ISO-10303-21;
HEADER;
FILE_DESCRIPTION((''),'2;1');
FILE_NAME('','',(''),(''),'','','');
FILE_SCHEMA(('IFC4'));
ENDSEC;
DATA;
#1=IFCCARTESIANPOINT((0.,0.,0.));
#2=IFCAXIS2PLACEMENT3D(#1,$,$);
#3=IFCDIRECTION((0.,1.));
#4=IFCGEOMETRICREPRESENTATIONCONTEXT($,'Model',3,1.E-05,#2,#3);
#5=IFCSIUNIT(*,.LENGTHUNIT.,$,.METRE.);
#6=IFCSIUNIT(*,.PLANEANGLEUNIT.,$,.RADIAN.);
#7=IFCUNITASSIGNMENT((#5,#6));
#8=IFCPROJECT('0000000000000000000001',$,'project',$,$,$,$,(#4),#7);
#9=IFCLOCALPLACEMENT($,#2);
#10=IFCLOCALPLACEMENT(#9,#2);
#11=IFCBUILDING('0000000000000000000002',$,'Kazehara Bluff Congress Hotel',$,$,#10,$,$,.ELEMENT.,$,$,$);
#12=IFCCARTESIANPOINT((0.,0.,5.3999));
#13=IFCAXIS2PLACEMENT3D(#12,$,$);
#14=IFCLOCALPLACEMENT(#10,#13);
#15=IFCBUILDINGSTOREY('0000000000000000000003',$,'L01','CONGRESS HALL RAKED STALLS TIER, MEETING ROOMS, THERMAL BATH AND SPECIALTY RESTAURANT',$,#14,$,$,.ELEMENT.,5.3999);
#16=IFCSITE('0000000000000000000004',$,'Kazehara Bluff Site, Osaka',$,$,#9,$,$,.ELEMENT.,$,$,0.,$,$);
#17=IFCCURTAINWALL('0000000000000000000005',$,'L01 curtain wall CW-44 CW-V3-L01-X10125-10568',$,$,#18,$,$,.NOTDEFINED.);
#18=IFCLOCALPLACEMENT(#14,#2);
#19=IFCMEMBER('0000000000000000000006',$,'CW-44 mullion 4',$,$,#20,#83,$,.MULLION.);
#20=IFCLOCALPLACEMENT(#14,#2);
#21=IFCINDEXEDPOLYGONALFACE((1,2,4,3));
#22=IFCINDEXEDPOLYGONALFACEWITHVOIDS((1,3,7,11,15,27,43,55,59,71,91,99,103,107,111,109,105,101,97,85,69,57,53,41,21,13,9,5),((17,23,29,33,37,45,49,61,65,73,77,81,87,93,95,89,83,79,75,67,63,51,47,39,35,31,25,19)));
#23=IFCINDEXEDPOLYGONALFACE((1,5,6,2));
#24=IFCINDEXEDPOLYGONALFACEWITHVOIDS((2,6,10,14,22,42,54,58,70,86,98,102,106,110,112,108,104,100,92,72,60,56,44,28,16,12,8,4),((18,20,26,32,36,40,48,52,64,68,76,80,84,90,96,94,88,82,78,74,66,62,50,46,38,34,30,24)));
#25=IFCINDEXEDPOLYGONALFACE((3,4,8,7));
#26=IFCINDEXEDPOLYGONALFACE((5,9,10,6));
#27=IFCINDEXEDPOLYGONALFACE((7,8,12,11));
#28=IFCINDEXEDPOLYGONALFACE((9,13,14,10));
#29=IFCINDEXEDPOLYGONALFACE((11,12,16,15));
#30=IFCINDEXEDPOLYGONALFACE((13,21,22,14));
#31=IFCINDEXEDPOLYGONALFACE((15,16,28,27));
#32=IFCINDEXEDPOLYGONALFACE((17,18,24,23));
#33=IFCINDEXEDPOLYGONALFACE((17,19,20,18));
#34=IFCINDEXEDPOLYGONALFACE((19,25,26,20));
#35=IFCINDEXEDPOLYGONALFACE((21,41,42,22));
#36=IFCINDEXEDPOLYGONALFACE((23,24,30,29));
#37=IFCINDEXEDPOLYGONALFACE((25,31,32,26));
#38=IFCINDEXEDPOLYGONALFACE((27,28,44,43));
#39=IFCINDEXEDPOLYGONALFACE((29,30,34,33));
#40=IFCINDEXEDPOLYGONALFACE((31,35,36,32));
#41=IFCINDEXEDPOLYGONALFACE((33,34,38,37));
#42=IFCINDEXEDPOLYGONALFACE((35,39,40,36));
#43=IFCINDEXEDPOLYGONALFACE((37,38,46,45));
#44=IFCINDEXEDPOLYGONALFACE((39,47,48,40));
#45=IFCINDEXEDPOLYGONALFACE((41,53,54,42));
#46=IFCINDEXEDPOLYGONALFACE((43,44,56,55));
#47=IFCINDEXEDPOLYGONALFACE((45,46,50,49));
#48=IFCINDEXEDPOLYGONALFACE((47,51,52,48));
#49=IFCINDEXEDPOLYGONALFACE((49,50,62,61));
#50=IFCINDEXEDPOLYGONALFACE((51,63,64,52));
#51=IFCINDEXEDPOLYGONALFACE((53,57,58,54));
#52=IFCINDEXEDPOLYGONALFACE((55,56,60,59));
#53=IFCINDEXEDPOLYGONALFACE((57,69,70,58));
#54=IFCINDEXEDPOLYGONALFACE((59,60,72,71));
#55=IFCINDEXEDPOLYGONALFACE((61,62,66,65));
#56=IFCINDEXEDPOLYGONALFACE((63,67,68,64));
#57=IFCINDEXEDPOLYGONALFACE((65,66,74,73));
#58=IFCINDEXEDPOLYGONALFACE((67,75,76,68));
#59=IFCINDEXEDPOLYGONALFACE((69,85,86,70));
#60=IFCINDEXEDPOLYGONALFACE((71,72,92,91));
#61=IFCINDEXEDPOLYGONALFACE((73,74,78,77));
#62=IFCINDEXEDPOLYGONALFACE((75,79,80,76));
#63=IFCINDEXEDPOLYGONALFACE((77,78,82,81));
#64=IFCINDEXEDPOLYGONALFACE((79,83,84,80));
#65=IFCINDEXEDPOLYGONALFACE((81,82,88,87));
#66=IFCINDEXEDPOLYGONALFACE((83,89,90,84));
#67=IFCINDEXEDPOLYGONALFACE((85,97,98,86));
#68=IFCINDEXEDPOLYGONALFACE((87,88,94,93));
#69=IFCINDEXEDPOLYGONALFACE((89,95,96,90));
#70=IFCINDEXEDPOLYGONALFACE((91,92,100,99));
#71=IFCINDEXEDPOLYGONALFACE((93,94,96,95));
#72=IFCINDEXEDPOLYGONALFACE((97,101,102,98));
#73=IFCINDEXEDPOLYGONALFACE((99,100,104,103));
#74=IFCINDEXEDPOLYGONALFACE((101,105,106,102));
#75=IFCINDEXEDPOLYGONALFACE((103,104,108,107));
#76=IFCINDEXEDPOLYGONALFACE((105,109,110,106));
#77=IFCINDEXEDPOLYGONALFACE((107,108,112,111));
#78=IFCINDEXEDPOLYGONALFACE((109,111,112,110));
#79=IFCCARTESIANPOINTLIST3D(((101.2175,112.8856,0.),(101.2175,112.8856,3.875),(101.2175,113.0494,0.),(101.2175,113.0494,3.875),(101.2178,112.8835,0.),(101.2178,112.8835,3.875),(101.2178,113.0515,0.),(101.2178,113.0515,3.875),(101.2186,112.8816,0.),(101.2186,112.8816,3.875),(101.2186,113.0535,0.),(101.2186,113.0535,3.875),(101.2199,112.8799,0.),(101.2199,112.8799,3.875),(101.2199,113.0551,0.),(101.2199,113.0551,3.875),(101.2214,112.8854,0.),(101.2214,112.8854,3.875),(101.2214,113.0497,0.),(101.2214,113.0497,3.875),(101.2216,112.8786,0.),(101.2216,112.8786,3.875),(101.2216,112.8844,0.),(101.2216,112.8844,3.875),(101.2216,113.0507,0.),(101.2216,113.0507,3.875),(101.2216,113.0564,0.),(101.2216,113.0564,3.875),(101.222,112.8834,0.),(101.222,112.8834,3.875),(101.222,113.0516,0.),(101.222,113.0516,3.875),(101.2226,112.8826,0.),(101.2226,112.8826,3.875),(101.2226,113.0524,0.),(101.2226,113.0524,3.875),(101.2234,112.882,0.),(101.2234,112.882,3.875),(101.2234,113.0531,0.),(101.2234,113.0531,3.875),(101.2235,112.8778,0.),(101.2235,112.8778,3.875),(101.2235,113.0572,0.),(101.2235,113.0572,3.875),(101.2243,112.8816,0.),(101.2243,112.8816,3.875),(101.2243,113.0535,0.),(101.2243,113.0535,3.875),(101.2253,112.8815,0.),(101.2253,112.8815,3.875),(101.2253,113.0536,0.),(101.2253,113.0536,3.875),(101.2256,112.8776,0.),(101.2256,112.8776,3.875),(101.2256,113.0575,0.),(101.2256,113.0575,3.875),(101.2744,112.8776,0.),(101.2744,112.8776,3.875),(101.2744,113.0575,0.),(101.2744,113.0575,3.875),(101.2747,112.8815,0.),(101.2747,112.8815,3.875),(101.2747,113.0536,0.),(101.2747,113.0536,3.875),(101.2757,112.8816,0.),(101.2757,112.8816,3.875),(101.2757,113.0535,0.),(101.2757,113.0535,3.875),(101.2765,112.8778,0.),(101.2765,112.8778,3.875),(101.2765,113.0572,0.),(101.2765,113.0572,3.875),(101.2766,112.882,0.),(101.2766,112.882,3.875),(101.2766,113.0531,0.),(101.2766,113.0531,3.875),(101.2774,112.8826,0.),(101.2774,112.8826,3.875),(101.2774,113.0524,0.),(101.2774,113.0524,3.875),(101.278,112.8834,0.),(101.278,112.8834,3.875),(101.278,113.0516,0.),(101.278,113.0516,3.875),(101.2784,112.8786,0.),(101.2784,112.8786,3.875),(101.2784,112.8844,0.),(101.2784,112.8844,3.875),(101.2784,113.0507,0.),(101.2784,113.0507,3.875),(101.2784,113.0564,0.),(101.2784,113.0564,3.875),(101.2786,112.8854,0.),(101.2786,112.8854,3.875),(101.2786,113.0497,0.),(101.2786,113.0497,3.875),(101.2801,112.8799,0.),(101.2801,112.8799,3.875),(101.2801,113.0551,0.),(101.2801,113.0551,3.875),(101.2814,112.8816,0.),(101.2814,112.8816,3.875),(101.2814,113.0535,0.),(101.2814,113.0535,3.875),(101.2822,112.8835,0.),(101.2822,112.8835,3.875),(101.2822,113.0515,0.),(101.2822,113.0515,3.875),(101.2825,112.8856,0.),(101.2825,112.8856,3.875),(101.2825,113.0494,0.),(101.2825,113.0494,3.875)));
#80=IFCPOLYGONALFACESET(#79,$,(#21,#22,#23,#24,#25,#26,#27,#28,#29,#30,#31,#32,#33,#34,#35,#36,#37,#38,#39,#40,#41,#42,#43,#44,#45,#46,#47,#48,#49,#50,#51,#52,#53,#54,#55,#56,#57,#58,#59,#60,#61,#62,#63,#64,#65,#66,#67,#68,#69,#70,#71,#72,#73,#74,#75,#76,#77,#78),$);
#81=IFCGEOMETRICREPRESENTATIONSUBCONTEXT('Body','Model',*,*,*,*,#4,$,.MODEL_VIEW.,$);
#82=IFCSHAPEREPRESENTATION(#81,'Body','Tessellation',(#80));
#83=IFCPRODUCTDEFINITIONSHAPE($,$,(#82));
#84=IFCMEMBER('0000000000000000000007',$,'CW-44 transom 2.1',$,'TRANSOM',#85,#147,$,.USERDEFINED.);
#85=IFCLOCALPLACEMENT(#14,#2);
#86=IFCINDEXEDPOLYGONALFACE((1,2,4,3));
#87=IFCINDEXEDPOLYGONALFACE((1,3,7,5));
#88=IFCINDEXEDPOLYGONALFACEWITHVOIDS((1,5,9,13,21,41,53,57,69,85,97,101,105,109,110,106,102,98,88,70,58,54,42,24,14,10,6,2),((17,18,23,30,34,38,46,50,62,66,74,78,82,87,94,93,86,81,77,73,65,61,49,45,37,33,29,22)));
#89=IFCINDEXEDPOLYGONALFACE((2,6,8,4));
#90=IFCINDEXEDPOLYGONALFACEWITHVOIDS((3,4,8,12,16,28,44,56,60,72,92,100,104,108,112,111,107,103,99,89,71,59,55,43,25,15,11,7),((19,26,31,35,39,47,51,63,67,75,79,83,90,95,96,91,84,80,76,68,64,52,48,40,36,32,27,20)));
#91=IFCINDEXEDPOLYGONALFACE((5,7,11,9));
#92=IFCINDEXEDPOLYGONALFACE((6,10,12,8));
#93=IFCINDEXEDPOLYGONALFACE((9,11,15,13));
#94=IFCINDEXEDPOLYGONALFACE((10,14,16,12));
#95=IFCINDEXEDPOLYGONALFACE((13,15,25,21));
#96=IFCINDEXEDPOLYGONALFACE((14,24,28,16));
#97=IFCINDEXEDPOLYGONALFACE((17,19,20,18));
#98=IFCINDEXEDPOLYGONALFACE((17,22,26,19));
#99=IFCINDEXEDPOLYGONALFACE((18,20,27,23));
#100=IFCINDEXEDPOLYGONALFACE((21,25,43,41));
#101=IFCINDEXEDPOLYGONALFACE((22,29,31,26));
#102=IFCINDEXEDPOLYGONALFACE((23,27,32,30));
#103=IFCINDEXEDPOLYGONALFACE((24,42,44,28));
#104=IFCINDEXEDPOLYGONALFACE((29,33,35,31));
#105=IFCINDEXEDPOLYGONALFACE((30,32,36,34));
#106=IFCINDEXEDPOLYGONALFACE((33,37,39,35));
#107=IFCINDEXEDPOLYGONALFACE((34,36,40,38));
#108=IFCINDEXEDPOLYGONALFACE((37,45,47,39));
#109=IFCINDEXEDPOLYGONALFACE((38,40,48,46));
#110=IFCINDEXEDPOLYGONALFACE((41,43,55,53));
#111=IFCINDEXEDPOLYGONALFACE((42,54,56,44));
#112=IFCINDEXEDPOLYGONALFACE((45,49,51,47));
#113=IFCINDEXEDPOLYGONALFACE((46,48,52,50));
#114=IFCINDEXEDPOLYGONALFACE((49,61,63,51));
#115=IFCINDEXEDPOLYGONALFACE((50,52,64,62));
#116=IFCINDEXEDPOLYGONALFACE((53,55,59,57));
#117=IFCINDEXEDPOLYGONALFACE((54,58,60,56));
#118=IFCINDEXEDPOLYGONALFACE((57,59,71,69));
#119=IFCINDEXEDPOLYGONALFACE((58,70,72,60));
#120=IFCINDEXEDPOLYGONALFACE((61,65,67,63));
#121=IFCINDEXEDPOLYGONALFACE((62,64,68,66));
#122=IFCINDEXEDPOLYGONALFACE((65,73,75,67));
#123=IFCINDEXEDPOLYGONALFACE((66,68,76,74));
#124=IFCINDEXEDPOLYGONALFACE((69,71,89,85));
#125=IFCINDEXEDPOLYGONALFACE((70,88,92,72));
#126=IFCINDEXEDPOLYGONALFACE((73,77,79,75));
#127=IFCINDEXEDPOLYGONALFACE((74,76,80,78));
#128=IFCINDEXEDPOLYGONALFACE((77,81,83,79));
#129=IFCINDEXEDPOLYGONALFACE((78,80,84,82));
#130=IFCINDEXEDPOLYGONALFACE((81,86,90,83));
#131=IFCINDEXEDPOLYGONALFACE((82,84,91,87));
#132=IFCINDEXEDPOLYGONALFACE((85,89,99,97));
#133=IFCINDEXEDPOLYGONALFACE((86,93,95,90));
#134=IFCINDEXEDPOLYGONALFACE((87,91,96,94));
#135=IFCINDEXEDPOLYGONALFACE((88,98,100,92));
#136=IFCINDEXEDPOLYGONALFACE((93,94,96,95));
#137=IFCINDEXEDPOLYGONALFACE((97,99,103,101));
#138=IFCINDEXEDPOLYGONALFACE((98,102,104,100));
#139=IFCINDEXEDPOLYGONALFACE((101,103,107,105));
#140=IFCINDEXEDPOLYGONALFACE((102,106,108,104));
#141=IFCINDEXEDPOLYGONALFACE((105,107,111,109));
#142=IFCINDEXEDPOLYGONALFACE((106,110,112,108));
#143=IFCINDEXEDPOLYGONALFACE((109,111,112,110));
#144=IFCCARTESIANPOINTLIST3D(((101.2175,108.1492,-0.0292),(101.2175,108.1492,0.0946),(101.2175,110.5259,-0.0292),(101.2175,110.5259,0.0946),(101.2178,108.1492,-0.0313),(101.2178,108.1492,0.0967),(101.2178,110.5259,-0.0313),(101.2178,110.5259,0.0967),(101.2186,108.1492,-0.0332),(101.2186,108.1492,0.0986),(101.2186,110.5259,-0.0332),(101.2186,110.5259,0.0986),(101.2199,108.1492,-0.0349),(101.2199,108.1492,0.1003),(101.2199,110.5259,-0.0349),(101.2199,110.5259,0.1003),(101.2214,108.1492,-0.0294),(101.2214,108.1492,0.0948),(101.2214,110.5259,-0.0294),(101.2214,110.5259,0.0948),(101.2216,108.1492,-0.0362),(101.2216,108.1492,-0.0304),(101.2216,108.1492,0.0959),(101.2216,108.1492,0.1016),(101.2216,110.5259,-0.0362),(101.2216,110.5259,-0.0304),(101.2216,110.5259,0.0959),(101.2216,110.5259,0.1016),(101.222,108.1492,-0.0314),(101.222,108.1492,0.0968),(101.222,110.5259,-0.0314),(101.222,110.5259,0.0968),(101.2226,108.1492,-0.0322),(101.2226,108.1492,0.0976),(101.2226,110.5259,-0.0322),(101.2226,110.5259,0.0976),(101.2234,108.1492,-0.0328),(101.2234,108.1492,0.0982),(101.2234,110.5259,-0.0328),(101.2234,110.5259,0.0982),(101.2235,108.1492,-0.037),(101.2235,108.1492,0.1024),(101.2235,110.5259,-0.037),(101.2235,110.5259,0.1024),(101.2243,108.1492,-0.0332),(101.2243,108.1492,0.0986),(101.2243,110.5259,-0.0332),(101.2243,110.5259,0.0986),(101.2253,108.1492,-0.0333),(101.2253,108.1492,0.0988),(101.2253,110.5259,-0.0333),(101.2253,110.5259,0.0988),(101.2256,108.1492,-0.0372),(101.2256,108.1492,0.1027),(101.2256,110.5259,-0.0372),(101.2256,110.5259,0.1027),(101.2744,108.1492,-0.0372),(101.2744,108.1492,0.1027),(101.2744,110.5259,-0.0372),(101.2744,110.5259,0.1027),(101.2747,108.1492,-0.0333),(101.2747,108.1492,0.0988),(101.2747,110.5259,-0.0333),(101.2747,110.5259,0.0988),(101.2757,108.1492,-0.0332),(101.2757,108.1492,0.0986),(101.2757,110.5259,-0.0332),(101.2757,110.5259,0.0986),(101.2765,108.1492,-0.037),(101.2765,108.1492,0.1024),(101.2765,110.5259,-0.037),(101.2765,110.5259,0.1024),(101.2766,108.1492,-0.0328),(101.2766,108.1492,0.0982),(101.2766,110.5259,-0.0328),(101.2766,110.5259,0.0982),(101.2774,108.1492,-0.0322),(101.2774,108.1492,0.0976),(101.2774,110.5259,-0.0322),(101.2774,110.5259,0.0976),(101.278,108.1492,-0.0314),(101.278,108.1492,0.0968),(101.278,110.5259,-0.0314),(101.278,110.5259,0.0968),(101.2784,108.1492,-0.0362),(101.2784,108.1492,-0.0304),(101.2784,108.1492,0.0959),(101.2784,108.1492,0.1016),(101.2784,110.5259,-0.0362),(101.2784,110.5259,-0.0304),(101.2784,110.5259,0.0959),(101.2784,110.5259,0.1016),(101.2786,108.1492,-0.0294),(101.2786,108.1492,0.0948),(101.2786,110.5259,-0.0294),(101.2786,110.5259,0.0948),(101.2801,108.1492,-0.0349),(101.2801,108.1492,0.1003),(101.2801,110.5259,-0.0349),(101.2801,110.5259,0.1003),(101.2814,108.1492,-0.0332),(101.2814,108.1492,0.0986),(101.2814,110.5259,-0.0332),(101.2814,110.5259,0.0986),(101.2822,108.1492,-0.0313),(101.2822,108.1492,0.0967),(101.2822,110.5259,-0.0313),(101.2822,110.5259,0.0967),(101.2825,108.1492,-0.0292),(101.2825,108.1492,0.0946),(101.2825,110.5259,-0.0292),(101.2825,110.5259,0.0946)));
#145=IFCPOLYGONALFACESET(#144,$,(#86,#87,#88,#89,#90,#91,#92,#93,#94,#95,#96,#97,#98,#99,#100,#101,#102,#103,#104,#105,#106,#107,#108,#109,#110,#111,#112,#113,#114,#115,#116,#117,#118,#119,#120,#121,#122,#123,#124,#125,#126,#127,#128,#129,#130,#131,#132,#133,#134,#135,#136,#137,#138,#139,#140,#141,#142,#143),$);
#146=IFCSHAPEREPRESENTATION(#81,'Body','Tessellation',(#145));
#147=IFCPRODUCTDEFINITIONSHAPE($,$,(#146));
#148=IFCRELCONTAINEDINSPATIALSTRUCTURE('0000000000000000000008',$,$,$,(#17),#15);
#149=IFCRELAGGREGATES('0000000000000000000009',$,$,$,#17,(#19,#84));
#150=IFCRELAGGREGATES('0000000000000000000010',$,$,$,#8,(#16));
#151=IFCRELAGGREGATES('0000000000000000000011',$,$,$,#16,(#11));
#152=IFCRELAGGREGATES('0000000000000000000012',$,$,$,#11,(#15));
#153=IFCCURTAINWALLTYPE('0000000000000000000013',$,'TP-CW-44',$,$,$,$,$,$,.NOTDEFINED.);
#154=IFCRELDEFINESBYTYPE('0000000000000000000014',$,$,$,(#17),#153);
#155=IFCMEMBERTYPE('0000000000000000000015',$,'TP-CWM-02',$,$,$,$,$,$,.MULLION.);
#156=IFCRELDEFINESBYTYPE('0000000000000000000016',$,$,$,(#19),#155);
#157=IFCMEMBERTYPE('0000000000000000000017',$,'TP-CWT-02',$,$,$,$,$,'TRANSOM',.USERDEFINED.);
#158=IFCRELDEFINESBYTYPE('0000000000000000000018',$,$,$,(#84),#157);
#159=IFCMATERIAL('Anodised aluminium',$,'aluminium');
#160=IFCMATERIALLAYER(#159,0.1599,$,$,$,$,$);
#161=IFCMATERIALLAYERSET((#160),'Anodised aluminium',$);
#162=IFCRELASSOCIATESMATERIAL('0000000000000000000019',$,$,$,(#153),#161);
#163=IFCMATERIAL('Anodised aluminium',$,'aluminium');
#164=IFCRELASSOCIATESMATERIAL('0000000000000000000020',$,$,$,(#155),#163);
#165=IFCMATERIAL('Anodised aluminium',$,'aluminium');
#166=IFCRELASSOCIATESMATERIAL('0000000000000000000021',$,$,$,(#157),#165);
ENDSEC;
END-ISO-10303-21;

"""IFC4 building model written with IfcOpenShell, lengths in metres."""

from ifc_helpers import new_model, si_unit, direction, frame, origin, origin_2d, place, context, subcontext, project, spatial, hollow_rectangle, extrude, material, layer, layer_set, material_profile, profile_set, type_object, element, aggregate, save


model = new_model("IFC4")

# Units and contexts
model_context = context("Model", 3, precision=1e-05, world=origin(), true_north=direction((0.0, 1.0)))
body_context = subcontext(model_context, "Body", "Model", "MODEL_VIEW")
ifc_project = project(units=[si_unit("LENGTHUNIT", "METRE"), si_unit("PLANEANGLEUNIT", "RADIAN")], contexts=[model_context])

# Site, building, storey
site_placement = place(None, origin())
site = spatial("IfcSite", under=ifc_project, at=site_placement, Name="Kazehara Bluff Site, Osaka", CompositionType="ELEMENT", RefElevation=0.0)
building_placement = place(site_placement, origin())
building = spatial("IfcBuilding", under=site, at=building_placement, Name="Kazehara Bluff Congress Hotel", CompositionType="ELEMENT")
storey_placement = place(building_placement, frame((0.0, 0.0, 5.3999)))
storey = spatial("IfcBuildingStorey", under=building, at=storey_placement, Name="L01", Description="CONGRESS HALL RAKED STALLS TIER, MEETING ROOMS, THERMAL BATH AND SPECIALTY RESTAURANT", CompositionType="ELEMENT", Elevation=5.3999)

# Curtain wall, members
ifc_material_1 = material(Name="Anodised aluminium", Category="aluminium")
ifc_layer_1 = layer(ifc_material_1, 0.1599)
ifc_layer_set_1 = layer_set([ifc_layer_1], Name="Anodised aluminium")
curtain_wall_type = type_object("IfcCurtainWallType", Name="TP-CW-44", PredefinedType="NOTDEFINED", material=ifc_layer_set_1)
curtain_wall_placement = place(storey_placement, origin())
curtain_wall = element("IfcCurtainWall", 1, at=curtain_wall_placement, inside=storey, type_object=curtain_wall_type, Name="L01 curtain wall CW-44 CW-V3-L01-X10125-10568", PredefinedType="NOTDEFINED")
ifc_material_2 = material(Name="Anodised aluminium", Category="aluminium")
ifc_material_profile_1 = material_profile(ifc_material_2, hollow_rectangle(XDim=0.0649, YDim=0.1799, WallThickness=0.0039, InnerFilletRadius=0.0039, OuterFilletRadius=0.0081, at=origin_2d()))
ifc_profile_set_1 = profile_set([ifc_material_profile_1], Name="Anodised aluminium")
member_type_1 = type_object("IfcMemberType", Name="TP-CWM-02", PredefinedType="MULLION", material=ifc_profile_set_1)
member_1_placement = place(storey_placement, frame((101.25, 112.9675, 0.0), z_axis=(0.0, 0.0, 1.0), x_axis=(-1.0, 0.0, 0.0)))
member_1 = element("IfcMember", 2, at=member_1_placement, type_object=member_type_1, Name="CW-44 mullion 4", PredefinedType="MULLION", context=body_context, shape_type="SweptSolid", body=[
    extrude(hollow_rectangle(XDim=0.0649, YDim=0.1799, WallThickness=0.0039, InnerFilletRadius=0.0039, OuterFilletRadius=0.0081, at=origin_2d()), origin(), (0.0, 0.0, 1.0), 3.875),
])
ifc_material_3 = material(Name="Anodised aluminium", Category="aluminium")
ifc_material_profile_2 = material_profile(ifc_material_3, hollow_rectangle(XDim=0.0649, YDim=0.1399, WallThickness=0.0039, InnerFilletRadius=0.0039, OuterFilletRadius=0.0081, at=origin_2d()))
ifc_profile_set_2 = profile_set([ifc_material_profile_2], Name="Anodised aluminium")
member_type_2 = type_object("IfcMemberType", Name="TP-CWT-02", ElementType="TRANSOM", PredefinedType="USERDEFINED", material=ifc_profile_set_2)
member_2_placement = place(storey_placement, frame((101.25, 108.1492, 0.0327), z_axis=(0.0, 1.0, 0.0), x_axis=(-1.0, 0.0, 0.0)))
member_2 = element("IfcMember", 3, at=member_2_placement, type_object=member_type_2, Name="CW-44 transom 2.1", ObjectType="TRANSOM", PredefinedType="USERDEFINED", context=body_context, shape_type="SweptSolid", body=[
    extrude(hollow_rectangle(XDim=0.0649, YDim=0.1399, WallThickness=0.0039, InnerFilletRadius=0.0039, OuterFilletRadius=0.0081, at=origin_2d()), origin(), (0.0, 0.0, 1.0), 2.3767),
])

aggregate(curtain_wall, [member_1, member_2])

save(model, "model.ifc")
